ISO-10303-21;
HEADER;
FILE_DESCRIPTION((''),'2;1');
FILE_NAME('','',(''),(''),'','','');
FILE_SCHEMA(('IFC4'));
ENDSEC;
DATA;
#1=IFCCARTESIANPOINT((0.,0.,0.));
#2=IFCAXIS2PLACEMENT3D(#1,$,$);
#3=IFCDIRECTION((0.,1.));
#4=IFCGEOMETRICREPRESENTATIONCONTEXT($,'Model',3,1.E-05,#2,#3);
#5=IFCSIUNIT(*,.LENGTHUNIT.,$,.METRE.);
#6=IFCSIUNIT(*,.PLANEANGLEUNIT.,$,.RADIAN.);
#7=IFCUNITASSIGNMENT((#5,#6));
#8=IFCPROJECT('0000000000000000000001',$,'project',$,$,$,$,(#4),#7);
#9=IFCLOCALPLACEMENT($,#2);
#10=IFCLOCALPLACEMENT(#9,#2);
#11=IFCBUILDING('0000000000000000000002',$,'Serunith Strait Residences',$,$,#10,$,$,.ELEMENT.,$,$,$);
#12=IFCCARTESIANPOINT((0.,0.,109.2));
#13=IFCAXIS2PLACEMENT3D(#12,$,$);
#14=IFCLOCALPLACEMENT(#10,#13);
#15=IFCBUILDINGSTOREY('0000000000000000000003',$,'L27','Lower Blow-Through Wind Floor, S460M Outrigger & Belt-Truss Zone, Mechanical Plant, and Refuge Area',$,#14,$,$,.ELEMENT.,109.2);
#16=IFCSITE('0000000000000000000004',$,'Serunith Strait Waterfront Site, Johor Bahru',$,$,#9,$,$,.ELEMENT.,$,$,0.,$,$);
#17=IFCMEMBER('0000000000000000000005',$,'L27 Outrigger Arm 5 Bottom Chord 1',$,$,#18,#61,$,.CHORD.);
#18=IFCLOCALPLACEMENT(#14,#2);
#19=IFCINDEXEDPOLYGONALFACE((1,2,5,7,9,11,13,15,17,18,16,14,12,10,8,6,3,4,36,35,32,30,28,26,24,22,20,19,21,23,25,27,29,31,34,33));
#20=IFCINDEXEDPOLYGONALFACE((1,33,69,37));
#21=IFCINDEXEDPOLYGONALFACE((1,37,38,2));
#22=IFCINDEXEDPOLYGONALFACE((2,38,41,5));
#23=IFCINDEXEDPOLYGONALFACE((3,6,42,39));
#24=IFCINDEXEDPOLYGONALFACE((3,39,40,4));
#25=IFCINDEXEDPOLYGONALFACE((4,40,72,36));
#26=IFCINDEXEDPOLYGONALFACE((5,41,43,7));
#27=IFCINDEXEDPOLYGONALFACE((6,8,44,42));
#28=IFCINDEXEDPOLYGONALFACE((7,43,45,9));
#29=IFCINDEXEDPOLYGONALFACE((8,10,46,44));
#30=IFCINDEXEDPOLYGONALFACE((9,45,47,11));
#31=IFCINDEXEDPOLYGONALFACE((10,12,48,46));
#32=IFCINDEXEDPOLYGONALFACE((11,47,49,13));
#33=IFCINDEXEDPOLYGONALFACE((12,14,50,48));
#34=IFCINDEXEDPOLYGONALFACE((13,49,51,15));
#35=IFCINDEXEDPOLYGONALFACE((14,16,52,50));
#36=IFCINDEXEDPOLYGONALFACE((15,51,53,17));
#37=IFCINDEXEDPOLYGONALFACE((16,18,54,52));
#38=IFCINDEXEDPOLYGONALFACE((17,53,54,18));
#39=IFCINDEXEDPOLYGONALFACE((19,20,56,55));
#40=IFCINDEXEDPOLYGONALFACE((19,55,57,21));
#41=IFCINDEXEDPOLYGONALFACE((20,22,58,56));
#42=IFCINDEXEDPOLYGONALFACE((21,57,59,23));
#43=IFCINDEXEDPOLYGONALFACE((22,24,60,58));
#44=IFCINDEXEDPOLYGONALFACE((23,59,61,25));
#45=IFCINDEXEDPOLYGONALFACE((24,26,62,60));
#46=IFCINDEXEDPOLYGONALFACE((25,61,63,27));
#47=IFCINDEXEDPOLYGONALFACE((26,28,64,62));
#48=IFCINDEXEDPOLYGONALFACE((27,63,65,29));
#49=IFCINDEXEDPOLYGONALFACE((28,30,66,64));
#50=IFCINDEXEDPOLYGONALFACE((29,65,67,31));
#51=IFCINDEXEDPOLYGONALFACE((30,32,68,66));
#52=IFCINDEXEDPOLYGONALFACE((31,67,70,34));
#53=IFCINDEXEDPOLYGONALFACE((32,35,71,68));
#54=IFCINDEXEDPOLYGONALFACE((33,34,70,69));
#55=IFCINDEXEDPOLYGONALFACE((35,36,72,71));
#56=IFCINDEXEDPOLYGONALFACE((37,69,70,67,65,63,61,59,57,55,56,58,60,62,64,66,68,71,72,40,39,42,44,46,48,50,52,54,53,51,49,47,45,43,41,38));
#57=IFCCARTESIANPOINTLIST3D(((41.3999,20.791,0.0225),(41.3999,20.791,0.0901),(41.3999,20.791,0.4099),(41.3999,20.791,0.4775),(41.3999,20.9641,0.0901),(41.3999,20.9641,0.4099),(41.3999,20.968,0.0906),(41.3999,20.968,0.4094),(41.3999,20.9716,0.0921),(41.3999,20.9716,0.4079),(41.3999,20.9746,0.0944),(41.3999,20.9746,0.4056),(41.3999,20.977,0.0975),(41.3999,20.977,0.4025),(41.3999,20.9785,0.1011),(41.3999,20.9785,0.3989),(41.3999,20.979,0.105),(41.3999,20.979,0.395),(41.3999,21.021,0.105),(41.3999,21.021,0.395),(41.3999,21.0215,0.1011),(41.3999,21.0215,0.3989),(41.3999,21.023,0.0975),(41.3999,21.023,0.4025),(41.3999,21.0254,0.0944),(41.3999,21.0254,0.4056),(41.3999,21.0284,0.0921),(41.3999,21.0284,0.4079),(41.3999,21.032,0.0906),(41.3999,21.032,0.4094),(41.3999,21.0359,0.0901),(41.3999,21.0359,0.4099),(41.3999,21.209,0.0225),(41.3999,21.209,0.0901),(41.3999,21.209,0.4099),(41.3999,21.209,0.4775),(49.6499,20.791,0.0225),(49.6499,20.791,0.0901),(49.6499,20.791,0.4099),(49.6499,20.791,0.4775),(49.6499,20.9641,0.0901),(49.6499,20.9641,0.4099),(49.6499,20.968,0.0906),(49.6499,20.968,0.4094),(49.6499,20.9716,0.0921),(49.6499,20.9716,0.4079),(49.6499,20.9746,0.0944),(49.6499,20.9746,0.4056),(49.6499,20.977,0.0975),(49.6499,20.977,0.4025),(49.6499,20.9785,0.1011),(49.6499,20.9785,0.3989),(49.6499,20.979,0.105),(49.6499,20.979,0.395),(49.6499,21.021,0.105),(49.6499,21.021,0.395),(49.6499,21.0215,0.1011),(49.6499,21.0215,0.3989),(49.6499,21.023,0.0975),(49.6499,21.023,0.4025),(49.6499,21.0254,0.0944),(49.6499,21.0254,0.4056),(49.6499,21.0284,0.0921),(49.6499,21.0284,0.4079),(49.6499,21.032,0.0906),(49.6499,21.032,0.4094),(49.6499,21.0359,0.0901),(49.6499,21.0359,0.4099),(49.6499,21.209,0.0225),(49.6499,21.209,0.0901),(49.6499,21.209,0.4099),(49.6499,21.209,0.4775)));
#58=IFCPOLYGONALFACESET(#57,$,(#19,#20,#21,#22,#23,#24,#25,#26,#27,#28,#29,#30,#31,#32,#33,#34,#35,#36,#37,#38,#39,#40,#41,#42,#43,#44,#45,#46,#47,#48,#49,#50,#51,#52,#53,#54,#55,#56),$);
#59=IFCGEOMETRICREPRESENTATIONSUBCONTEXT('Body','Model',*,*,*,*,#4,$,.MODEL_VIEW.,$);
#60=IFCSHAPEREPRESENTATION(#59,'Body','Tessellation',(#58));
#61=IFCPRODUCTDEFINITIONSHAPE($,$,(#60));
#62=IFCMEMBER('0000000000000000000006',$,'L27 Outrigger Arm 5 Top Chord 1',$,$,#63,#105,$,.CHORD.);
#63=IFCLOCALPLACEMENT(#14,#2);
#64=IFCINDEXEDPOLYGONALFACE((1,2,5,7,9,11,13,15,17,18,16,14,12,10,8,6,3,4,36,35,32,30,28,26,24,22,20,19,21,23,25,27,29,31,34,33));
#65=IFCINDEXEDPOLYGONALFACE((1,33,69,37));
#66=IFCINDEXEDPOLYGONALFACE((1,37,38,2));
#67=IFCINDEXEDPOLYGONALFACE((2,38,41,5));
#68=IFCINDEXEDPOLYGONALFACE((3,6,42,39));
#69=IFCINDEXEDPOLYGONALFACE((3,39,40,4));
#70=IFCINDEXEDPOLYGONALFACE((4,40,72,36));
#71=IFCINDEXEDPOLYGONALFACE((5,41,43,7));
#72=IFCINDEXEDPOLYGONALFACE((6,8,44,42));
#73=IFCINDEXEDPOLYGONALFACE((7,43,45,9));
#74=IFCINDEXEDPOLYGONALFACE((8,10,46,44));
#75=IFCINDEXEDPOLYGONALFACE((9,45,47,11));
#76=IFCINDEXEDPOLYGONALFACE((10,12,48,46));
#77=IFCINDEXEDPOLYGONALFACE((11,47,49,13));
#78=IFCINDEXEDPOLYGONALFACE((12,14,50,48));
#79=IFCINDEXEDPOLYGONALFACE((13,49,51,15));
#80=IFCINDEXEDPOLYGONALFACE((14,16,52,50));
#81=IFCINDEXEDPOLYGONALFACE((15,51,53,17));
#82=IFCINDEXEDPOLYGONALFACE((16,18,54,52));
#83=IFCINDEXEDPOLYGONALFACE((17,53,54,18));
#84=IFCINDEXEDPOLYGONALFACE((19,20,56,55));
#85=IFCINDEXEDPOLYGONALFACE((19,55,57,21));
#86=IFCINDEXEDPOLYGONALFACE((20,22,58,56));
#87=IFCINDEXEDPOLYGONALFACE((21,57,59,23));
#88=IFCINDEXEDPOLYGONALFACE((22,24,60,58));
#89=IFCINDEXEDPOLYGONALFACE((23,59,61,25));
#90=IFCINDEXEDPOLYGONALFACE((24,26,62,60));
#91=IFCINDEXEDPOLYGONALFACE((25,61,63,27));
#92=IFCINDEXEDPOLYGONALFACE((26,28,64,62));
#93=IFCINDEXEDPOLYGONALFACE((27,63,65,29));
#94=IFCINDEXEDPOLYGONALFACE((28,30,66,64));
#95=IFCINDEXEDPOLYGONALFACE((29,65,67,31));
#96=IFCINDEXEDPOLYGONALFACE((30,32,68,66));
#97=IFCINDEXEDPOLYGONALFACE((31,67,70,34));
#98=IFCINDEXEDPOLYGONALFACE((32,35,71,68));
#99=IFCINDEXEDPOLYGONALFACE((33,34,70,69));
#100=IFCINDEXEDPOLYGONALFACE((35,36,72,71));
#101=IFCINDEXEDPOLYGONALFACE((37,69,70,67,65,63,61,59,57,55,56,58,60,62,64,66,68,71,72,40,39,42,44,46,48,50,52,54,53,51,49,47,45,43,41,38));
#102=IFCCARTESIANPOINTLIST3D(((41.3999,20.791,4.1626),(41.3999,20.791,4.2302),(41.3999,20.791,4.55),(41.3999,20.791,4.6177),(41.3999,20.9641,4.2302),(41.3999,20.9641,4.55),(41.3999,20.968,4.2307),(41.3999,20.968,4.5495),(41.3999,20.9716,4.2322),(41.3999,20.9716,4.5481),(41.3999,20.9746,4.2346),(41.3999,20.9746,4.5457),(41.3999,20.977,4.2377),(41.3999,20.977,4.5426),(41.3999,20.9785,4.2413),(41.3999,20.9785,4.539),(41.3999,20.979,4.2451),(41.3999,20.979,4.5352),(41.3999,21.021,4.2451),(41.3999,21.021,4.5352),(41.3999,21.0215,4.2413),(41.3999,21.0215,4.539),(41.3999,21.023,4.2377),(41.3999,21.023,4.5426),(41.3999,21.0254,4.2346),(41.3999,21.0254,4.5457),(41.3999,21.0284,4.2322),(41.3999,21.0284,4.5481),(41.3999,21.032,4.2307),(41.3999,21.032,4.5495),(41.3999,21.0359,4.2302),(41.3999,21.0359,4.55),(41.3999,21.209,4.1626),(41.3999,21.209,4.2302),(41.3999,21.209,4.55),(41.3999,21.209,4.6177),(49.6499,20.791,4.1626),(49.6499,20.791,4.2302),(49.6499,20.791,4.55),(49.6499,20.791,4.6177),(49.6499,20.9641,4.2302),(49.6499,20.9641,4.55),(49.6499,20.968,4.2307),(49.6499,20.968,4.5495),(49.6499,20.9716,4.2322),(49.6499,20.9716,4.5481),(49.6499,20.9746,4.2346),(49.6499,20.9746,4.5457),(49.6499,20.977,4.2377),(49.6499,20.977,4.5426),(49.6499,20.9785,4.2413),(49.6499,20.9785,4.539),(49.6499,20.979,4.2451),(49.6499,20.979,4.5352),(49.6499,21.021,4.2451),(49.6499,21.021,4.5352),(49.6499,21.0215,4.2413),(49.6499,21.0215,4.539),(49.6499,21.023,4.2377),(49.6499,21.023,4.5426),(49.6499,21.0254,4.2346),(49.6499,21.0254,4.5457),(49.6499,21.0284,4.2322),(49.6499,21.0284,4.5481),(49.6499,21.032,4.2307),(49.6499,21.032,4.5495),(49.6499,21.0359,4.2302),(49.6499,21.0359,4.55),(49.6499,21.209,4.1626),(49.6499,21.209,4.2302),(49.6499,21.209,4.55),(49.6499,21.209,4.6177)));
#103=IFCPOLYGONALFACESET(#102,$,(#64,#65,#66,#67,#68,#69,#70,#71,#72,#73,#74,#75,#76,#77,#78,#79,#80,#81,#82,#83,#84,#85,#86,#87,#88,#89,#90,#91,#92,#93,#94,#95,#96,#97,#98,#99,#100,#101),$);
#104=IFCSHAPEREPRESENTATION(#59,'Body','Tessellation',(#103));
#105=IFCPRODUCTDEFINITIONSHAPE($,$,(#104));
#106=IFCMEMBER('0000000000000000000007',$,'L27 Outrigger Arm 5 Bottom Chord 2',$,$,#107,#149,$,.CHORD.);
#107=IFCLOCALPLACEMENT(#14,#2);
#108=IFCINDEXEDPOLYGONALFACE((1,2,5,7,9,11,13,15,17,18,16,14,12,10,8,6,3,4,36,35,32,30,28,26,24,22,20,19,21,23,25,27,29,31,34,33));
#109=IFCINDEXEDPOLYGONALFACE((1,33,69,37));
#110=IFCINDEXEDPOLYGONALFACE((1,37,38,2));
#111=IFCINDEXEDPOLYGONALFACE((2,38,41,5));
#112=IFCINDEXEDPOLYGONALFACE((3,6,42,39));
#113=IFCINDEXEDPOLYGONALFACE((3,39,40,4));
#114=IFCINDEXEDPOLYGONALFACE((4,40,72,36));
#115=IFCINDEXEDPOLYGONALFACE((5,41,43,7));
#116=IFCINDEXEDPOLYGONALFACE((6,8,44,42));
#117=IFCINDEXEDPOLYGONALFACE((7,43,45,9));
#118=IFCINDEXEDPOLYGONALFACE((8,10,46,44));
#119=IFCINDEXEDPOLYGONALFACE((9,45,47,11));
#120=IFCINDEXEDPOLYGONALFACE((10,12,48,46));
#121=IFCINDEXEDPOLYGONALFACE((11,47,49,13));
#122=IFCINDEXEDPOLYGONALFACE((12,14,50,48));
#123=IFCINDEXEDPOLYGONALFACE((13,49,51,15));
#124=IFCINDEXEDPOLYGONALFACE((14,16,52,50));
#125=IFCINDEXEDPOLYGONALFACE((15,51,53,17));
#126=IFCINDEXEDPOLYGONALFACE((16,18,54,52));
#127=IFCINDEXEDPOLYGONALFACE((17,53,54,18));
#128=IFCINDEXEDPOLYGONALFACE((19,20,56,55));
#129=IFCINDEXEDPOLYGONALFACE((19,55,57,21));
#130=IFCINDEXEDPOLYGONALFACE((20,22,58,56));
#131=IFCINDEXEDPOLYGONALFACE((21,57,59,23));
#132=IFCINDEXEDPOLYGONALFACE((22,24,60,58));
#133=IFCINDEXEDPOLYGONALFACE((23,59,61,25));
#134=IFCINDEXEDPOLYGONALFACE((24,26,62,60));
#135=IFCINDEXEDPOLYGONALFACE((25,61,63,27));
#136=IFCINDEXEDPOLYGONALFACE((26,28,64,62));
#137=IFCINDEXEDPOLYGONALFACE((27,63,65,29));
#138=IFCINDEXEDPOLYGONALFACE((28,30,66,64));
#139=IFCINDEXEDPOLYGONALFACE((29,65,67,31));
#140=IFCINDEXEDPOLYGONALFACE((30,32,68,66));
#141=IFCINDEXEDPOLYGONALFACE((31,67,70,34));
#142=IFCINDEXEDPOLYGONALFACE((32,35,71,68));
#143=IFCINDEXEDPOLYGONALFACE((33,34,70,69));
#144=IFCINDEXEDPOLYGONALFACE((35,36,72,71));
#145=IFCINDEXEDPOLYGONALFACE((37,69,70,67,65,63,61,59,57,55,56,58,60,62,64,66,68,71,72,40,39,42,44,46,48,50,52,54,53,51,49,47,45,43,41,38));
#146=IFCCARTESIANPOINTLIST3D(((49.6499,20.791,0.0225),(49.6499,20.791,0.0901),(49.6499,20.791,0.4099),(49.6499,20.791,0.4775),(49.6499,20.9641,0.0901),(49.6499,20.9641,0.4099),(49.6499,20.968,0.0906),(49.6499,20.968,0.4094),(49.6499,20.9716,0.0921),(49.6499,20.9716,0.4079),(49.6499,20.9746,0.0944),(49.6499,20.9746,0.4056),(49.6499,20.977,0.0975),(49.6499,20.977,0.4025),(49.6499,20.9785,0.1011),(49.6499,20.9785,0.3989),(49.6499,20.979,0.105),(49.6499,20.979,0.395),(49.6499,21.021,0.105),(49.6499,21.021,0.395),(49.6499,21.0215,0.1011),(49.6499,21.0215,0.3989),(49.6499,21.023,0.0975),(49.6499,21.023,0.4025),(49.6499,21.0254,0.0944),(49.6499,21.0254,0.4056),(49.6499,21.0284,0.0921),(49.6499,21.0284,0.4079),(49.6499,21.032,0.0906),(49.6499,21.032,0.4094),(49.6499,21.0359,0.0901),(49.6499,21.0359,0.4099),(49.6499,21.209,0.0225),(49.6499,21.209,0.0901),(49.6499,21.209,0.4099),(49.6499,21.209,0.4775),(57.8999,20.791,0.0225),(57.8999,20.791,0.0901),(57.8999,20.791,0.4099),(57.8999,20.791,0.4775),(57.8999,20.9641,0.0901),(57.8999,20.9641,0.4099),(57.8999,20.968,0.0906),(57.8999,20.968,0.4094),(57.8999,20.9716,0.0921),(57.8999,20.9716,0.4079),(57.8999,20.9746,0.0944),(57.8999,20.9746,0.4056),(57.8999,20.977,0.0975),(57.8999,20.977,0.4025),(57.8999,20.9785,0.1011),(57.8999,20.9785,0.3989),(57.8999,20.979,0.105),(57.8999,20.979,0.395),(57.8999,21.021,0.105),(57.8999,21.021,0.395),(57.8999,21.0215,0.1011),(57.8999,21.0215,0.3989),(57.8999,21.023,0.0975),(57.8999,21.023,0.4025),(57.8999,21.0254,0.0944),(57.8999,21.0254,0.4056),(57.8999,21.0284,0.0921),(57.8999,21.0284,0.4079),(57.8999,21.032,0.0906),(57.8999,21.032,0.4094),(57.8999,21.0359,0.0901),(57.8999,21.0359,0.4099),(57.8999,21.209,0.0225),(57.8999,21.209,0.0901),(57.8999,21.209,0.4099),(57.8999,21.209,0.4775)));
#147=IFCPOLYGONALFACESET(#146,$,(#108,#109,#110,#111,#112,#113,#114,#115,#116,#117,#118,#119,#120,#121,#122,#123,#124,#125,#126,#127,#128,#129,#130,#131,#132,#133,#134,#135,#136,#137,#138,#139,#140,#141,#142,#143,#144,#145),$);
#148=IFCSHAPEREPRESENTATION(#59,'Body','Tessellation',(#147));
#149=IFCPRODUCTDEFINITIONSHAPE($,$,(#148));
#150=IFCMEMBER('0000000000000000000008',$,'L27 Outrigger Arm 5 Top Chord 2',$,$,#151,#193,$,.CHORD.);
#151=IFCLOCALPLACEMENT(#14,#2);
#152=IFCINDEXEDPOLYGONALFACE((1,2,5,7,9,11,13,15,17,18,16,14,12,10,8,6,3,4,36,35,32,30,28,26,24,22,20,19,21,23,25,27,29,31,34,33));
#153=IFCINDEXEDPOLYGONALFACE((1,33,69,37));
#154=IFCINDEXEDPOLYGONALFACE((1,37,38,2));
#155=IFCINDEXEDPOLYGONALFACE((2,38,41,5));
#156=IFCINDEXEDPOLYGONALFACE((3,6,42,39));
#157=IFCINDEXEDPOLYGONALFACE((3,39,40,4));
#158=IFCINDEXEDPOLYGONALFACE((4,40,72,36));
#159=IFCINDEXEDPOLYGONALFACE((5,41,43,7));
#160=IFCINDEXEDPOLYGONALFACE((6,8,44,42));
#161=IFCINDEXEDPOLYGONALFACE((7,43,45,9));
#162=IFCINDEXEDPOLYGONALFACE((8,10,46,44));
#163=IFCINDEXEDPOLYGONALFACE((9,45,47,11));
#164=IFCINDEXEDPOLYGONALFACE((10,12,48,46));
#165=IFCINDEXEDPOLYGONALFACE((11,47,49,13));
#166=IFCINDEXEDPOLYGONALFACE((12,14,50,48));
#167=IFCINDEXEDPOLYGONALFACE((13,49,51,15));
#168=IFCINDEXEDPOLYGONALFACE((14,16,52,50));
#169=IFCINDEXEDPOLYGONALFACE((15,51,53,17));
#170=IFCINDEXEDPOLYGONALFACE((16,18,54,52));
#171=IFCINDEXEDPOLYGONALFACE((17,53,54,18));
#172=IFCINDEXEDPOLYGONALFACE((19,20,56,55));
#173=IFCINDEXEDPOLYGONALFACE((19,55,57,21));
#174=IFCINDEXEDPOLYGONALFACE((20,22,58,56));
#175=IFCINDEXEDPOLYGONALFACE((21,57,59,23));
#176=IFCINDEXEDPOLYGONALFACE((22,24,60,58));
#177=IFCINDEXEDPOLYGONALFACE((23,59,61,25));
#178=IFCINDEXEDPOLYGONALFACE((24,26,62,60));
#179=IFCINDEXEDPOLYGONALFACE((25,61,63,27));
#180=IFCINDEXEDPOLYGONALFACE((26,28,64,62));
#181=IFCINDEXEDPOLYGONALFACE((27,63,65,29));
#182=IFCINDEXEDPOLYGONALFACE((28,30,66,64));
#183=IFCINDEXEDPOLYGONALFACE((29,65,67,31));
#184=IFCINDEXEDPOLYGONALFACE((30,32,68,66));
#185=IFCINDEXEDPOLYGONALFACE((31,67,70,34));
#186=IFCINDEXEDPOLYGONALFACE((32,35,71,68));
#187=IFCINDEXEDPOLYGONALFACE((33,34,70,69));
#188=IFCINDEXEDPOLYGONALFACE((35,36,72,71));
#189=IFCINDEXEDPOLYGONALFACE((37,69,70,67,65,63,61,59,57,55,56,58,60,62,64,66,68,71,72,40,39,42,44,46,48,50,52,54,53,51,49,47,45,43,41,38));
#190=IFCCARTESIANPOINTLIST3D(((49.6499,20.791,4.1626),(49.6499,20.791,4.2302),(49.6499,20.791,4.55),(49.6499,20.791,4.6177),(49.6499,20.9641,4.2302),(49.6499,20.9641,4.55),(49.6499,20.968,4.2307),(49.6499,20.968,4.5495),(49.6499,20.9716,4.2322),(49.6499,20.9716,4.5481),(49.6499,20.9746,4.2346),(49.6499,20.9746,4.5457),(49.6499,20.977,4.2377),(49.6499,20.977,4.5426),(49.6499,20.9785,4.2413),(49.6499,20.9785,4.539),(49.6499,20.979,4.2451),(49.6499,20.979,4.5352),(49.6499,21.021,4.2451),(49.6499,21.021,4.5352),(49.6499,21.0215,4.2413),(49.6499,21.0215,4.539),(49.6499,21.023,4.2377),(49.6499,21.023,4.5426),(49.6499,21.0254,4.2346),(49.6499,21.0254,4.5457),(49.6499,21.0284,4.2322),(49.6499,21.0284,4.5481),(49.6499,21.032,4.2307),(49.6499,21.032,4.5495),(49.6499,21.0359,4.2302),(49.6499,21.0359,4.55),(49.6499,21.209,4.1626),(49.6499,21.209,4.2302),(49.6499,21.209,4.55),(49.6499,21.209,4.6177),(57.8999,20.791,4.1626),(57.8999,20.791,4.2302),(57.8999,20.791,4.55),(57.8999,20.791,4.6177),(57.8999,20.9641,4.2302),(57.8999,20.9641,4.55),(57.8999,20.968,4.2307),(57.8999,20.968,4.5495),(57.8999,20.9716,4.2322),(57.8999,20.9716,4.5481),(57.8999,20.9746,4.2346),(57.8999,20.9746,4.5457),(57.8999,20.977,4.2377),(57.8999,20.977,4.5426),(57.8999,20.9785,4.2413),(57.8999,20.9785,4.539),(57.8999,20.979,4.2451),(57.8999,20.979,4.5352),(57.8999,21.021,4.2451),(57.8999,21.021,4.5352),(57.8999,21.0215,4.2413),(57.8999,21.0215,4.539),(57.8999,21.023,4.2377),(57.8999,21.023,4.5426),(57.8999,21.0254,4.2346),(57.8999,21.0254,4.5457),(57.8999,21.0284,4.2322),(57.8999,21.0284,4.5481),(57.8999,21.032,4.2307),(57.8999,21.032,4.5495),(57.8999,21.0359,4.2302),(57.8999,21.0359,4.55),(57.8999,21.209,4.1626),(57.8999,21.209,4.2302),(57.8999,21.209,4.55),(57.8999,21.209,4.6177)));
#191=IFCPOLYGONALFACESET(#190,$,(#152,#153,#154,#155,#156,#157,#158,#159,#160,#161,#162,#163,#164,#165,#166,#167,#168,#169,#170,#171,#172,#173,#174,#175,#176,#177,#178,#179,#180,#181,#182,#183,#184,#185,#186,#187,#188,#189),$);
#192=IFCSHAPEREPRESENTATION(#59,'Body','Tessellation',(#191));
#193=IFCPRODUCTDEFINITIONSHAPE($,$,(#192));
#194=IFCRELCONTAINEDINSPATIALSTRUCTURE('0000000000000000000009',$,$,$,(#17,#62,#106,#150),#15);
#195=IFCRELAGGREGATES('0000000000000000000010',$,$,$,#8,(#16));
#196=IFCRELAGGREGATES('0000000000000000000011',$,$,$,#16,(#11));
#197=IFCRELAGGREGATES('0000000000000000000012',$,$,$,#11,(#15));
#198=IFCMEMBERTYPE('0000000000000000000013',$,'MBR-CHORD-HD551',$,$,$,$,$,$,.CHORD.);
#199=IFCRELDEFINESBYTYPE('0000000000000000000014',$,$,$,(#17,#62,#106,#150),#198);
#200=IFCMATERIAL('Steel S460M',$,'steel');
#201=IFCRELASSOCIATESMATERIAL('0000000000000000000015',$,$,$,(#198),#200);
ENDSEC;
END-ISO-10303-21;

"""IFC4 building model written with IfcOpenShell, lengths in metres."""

from ifc_helpers import new_model, si_unit, direction, frame, origin, origin_2d, place, context, subcontext, project, spatial, i_section, extrude, source, transform, mapped, material, material_profile, profile_set, type_object, element, save


model = new_model("IFC4")

# Units and contexts
model_context = context("Model", 3, precision=1e-05, world=origin(), true_north=direction((0.0, 1.0)))
body_context = subcontext(model_context, "Body", "Model", "MODEL_VIEW")
ifc_project = project(units=[si_unit("LENGTHUNIT", "METRE"), si_unit("PLANEANGLEUNIT", "RADIAN")], contexts=[model_context])

# Site, building, storey
site_placement = place(None, origin())
site = spatial("IfcSite", under=ifc_project, at=site_placement, Name="Serunith Strait Waterfront Site, Johor Bahru", CompositionType="ELEMENT", RefElevation=0.0)
building_placement = place(site_placement, origin())
building = spatial("IfcBuilding", under=site, at=building_placement, Name="Serunith Strait Residences", CompositionType="ELEMENT")
storey_placement = place(building_placement, frame((0.0, 0.0, 109.2)))
storey = spatial("IfcBuildingStorey", under=building, at=storey_placement, Name="L27", Description="Lower Blow-Through Wind Floor, S460M Outrigger & Belt-Truss Zone, Mechanical Plant, and Refuge Area", CompositionType="ELEMENT", Elevation=109.2)

# Members
ifc_material_1 = material(Name="Steel S460M", Category="steel")
ifc_material_profile_1 = material_profile(ifc_material_1, i_section(OverallWidth=0.418, OverallDepth=0.4551, WebThickness=0.042, FlangeThickness=0.0676, FilletRadius=0.0149, at=origin_2d()), Name="HD 400x551")
ifc_profile_set_1 = profile_set([ifc_material_profile_1], Name="Steel S460M")
member_type_1 = type_object("IfcMemberType", Name="MBR-CHORD-HD551", PredefinedType="CHORD", material=ifc_profile_set_1)
shared_shape_1 = source(origin(), body_context, "Body", "SweptSolid", [
    extrude(i_section(OverallWidth=0.418, OverallDepth=0.4551, WebThickness=0.042, FlangeThickness=0.0676, FilletRadius=0.0149, at=origin_2d()), origin(), (0.0, 0.0, 1.0), 8.25),
])
for number, where, z_axis, x_axis, name in (
    (1, (41.3999, 21.0, 0.25), (1.0, 0.0, 0.0), (0.0, 1.0, 0.0), "L27 Outrigger Arm 5 Bottom Chord 1"),
    (2, (41.3999, 21.0, 4.3901), (1.0, 0.0, 0.0), (0.0, 1.0, 0.0), "L27 Outrigger Arm 5 Top Chord 1"),
    (3, (49.6499, 21.0, 0.25), (1.0, 0.0, 0.0), (0.0, 1.0, 0.0), "L27 Outrigger Arm 5 Bottom Chord 2"),
    (4, (49.6499, 21.0, 4.3901), (1.0, 0.0, 0.0), (0.0, 1.0, 0.0), "L27 Outrigger Arm 5 Top Chord 2"),
):
    element("IfcMember", number, at=place(storey_placement, frame(where, z_axis=z_axis, x_axis=x_axis)), inside=storey, type_object=member_type_1, Name=name, PredefinedType="CHORD", context=body_context, shape_type="MappedRepresentation", body=[
        mapped(shared_shape_1, transform((0.0, 0.0, 0.0), scale=1.0)),
    ])

save(model, "model.ifc")
